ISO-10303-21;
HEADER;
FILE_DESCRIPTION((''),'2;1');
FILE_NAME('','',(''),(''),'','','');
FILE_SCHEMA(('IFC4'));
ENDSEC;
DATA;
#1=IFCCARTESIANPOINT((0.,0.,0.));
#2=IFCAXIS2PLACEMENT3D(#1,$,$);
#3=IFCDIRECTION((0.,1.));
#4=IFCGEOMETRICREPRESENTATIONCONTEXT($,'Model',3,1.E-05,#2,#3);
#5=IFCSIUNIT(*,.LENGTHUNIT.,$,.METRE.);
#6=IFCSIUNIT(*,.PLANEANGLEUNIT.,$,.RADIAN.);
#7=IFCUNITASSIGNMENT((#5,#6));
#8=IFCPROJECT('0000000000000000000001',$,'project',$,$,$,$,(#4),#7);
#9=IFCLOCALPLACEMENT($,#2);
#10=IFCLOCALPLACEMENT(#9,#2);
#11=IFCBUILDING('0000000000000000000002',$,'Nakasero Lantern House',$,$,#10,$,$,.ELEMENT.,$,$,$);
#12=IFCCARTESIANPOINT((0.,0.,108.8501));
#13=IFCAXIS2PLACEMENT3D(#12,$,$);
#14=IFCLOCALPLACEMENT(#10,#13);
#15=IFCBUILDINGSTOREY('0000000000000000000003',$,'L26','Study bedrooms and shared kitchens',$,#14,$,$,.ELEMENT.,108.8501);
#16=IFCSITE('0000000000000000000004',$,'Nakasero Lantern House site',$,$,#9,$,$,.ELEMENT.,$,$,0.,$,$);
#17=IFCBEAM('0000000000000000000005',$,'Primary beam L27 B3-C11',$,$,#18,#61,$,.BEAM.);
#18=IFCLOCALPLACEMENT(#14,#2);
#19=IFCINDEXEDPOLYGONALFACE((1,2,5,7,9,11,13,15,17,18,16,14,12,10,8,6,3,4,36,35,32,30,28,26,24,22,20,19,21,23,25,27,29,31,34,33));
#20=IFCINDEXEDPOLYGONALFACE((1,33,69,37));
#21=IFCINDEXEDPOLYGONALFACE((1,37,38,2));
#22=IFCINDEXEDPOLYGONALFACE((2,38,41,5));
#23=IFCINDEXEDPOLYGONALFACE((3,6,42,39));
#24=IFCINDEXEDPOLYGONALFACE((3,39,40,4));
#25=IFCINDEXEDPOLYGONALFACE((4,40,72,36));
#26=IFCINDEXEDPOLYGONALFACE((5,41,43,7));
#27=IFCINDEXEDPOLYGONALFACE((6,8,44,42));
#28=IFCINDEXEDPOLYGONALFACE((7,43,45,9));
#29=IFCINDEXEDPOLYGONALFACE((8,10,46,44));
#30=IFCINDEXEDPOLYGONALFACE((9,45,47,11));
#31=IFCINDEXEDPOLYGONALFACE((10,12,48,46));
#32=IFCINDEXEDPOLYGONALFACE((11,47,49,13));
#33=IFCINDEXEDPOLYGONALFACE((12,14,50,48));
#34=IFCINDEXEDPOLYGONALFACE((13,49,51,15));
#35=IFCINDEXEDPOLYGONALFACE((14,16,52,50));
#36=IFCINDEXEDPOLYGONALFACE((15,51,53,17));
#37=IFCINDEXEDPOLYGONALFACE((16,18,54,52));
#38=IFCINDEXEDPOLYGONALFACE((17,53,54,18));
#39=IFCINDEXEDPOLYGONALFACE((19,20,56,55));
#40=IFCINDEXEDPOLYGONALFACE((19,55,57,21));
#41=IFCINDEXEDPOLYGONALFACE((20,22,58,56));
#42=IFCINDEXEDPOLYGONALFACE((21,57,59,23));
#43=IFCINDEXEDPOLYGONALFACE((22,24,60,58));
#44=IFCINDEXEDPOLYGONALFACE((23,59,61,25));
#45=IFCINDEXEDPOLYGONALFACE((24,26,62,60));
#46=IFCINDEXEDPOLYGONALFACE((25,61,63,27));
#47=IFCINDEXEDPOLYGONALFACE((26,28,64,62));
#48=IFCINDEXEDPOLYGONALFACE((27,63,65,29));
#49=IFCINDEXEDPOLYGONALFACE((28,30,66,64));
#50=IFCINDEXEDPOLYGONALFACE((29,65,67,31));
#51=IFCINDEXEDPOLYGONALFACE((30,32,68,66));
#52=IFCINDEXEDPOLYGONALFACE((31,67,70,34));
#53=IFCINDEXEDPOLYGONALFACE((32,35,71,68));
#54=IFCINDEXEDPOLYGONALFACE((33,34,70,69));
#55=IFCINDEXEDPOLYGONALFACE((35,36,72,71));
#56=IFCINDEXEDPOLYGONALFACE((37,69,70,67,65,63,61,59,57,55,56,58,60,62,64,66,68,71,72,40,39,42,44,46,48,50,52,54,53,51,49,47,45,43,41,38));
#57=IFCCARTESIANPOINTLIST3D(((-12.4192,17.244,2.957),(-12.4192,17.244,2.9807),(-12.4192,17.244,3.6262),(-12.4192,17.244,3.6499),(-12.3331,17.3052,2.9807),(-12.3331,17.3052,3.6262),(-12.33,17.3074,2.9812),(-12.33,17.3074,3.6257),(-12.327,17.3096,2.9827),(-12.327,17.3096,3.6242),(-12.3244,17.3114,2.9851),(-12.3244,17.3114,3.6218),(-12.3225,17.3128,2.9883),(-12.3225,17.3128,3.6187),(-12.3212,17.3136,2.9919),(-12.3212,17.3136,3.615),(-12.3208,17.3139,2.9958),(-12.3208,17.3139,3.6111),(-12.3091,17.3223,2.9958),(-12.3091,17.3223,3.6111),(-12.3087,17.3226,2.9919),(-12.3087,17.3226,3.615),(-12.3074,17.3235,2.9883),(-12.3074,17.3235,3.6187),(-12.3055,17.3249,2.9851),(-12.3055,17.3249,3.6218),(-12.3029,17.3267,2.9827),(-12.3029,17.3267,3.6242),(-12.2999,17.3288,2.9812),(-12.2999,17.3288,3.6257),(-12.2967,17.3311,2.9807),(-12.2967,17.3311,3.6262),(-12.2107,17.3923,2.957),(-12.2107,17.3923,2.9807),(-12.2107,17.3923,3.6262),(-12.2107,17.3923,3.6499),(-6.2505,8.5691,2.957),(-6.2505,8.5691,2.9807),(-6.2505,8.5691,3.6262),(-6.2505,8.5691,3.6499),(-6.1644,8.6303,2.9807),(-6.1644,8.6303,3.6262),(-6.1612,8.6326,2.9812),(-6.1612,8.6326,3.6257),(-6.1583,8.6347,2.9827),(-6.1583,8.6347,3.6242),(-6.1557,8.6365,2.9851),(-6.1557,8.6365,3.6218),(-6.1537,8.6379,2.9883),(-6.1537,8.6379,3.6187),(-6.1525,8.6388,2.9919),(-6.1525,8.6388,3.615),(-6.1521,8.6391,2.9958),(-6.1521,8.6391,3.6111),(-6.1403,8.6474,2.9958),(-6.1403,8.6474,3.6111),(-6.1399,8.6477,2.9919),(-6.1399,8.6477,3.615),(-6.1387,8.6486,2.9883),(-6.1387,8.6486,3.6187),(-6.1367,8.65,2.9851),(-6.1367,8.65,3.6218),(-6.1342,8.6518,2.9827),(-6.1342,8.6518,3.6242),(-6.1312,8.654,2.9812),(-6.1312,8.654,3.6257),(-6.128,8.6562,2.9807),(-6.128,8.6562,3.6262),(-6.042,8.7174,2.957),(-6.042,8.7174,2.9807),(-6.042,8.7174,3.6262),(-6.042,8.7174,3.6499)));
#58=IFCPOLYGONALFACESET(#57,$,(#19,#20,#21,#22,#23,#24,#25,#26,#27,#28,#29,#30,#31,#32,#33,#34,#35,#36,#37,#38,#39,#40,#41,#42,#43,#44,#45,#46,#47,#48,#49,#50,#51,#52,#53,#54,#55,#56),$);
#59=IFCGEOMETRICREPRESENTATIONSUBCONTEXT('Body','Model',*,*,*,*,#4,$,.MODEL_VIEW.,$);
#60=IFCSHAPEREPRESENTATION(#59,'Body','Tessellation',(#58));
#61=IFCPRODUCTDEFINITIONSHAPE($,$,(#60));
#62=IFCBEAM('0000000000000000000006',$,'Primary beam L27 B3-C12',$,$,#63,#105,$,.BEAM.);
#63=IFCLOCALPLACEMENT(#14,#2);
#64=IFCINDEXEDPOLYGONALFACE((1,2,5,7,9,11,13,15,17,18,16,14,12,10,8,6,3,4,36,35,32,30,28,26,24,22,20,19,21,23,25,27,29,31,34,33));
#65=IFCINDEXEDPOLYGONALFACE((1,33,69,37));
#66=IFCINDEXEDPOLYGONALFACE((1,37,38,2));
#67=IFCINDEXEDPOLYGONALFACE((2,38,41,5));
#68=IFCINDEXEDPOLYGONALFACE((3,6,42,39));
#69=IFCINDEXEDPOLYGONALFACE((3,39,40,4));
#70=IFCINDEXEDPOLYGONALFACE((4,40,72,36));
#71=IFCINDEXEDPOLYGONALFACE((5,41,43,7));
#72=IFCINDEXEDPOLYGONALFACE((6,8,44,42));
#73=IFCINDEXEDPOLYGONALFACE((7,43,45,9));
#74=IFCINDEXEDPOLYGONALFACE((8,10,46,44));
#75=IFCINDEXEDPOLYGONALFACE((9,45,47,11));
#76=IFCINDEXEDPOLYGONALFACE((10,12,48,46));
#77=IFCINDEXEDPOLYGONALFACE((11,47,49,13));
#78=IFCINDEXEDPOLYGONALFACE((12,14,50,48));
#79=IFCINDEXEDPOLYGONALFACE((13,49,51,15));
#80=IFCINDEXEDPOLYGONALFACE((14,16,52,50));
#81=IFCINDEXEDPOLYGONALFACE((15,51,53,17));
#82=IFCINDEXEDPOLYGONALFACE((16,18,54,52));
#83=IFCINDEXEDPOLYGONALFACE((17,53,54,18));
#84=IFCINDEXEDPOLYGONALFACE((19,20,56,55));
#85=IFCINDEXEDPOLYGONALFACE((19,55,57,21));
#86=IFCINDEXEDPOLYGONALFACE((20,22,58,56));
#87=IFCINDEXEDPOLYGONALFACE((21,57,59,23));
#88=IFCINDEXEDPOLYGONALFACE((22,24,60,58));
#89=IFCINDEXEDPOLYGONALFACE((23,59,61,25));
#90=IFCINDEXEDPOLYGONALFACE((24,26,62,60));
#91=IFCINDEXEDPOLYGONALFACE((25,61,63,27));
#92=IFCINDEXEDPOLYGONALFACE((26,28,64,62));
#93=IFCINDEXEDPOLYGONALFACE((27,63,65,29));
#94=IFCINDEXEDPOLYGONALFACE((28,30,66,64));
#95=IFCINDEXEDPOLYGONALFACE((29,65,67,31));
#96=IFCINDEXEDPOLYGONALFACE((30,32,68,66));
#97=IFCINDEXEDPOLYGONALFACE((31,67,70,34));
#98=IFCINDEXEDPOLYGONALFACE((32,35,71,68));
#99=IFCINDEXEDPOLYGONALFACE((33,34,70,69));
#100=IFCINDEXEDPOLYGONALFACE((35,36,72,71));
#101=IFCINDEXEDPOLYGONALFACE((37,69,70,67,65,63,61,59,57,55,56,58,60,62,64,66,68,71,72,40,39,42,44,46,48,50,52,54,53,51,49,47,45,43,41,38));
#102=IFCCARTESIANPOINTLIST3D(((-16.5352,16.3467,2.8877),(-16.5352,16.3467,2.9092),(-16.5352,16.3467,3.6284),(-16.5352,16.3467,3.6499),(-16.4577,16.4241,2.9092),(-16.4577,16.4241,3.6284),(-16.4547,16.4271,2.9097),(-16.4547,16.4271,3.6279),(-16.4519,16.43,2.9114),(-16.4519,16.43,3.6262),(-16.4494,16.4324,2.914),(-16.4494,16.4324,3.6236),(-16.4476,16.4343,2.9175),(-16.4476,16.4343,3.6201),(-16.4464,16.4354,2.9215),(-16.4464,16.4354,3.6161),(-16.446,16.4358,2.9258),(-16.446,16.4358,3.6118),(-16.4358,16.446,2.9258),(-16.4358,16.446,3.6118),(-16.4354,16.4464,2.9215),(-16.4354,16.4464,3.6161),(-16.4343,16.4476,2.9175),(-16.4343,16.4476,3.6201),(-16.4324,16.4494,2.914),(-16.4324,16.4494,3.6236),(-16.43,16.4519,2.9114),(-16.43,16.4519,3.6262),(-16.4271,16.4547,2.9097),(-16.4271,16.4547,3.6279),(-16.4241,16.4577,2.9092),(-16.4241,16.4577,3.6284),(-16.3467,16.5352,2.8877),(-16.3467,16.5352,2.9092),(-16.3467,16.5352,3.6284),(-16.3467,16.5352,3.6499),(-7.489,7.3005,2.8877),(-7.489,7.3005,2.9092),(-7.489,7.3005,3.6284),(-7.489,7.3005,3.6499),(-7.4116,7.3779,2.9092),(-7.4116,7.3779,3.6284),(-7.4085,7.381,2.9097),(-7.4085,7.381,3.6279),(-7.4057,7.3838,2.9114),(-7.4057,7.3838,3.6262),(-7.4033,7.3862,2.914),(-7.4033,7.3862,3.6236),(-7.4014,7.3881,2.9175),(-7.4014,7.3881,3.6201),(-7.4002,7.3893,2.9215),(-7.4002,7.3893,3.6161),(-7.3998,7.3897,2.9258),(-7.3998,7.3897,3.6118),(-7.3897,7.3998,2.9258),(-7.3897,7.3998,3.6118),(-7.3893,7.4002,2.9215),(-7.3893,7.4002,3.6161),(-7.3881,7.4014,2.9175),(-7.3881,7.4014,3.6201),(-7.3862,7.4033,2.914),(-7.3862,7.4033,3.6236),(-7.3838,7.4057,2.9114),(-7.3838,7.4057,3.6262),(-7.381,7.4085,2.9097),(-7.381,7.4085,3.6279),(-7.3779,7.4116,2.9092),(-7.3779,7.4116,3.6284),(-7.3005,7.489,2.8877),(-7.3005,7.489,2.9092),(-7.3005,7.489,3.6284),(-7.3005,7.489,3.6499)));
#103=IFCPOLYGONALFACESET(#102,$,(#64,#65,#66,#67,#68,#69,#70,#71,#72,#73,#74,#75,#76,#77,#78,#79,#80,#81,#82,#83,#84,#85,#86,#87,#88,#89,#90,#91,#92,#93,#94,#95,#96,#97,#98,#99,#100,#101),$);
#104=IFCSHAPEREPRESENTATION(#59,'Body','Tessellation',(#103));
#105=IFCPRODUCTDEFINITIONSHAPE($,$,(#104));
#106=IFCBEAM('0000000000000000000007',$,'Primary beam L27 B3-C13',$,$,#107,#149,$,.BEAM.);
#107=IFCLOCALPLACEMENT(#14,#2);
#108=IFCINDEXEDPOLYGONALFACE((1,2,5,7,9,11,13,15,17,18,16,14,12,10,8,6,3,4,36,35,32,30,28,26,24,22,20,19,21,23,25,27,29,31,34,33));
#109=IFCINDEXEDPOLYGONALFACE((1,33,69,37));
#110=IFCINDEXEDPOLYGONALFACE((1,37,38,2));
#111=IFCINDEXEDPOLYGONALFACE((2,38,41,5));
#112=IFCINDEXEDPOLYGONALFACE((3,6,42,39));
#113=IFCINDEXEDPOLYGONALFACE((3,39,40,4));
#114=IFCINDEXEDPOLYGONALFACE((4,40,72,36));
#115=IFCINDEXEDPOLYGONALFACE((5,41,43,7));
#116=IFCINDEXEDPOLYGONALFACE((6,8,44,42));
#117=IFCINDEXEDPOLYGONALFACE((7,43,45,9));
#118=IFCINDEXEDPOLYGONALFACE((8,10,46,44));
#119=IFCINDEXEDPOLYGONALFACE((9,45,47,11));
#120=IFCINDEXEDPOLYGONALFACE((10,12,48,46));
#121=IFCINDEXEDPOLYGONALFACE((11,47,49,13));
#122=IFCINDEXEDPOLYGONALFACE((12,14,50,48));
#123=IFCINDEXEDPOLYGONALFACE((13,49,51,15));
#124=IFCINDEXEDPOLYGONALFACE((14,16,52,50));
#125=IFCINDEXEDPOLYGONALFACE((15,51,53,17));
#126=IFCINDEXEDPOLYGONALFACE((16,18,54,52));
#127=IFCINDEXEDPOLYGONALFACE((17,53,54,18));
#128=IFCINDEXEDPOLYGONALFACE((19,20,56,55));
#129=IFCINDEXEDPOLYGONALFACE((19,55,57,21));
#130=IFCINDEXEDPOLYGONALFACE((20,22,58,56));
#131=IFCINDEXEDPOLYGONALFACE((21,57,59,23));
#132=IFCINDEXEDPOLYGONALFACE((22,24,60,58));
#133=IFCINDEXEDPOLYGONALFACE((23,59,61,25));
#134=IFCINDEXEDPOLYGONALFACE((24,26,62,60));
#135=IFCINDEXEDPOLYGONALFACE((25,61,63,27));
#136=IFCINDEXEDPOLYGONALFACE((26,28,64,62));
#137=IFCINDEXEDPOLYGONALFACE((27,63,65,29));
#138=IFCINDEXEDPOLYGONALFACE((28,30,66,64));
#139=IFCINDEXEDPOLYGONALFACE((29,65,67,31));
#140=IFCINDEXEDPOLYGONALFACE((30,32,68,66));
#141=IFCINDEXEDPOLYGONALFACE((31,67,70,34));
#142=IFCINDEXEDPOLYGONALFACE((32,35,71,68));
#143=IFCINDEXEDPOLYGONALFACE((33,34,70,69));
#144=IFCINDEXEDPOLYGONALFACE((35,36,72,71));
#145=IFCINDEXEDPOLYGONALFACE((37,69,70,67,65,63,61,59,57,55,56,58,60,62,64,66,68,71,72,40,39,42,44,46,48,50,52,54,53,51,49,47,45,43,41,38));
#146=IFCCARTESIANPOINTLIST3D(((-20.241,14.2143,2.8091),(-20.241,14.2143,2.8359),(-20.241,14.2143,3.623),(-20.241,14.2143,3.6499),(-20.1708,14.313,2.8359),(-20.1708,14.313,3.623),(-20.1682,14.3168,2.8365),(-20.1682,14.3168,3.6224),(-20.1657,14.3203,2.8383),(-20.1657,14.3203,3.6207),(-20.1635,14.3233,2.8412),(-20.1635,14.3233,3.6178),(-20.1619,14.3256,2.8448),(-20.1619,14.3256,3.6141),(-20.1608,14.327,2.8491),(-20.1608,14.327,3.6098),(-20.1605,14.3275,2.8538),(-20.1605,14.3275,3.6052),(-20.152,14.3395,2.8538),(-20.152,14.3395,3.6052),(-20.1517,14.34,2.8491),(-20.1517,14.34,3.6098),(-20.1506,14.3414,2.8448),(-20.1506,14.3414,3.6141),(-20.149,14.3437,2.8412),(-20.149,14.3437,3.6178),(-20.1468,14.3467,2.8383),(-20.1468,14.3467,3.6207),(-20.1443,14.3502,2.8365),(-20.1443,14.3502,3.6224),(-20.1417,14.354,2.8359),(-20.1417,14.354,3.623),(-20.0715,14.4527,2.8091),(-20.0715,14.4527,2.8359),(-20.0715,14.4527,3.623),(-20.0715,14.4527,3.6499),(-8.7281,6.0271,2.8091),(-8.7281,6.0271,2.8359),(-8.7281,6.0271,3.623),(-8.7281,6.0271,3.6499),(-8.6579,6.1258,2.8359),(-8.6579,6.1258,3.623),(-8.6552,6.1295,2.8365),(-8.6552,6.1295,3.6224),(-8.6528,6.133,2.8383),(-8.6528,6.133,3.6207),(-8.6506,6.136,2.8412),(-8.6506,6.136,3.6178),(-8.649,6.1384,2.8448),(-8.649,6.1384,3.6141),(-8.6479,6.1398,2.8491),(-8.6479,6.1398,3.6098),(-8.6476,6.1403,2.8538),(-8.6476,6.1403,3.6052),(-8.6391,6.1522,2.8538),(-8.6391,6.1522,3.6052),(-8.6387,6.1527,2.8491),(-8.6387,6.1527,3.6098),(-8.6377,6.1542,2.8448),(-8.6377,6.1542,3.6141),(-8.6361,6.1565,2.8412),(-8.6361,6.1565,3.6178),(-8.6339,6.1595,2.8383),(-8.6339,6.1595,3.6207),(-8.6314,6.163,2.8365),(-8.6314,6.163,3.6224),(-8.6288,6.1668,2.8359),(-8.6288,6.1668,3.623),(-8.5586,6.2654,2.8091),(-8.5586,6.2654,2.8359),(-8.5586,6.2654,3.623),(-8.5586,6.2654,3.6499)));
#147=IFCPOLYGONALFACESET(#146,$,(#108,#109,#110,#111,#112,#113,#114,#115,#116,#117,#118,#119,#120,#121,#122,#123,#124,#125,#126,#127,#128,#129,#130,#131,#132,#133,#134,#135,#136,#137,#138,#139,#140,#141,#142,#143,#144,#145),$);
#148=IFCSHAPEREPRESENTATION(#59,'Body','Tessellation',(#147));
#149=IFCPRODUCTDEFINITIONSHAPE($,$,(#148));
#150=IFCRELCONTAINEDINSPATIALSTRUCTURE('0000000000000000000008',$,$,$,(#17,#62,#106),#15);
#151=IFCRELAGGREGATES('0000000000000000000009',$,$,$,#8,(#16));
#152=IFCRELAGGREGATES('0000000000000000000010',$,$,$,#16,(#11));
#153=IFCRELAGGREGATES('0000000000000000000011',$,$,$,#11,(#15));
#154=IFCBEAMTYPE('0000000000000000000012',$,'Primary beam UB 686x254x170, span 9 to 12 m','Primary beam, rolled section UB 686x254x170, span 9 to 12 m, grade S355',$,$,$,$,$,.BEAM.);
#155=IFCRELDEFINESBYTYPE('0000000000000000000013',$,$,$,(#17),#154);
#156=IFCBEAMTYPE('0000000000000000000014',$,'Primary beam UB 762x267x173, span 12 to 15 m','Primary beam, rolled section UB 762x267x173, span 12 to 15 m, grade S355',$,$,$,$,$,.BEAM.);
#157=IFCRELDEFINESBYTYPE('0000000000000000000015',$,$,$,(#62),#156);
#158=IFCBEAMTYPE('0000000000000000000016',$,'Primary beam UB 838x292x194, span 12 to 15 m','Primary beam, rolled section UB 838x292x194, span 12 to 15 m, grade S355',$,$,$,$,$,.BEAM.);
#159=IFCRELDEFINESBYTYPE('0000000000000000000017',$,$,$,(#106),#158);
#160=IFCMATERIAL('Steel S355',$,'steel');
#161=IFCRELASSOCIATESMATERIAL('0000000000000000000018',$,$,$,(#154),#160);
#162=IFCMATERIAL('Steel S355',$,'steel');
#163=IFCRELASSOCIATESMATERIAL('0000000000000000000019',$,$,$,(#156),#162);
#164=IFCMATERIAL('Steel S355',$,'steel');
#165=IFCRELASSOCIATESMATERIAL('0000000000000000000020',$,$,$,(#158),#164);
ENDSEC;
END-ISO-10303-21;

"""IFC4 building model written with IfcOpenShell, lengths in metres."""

from ifc_helpers import new_model, si_unit, direction, frame, origin, origin_2d, place, context, subcontext, project, spatial, i_section, extrude, material, material_profile, profile_set, type_object, element, save


model = new_model("IFC4")

# Units and contexts
model_context = context("Model", 3, precision=1e-05, world=origin(), true_north=direction((0.0, 1.0)))
body_context = subcontext(model_context, "Body", "Model", "MODEL_VIEW")
ifc_project = project(units=[si_unit("LENGTHUNIT", "METRE"), si_unit("PLANEANGLEUNIT", "RADIAN")], contexts=[model_context])

# Site, building, storey
site_placement = place(None, origin())
site = spatial("IfcSite", under=ifc_project, at=site_placement, Name="Nakasero Lantern House site", CompositionType="ELEMENT", RefElevation=0.0)
building_placement = place(site_placement, origin())
building = spatial("IfcBuilding", under=site, at=building_placement, Name="Nakasero Lantern House", CompositionType="ELEMENT")
storey_placement = place(building_placement, frame((0.0, 0.0, 108.8501)))
storey = spatial("IfcBuildingStorey", under=building, at=storey_placement, Name="L26", Description="Study bedrooms and shared kitchens", CompositionType="ELEMENT", Elevation=108.8501)

# Beams
ifc_material_1 = material(Name="Steel S355", Category="steel")
ifc_material_profile_1 = material_profile(ifc_material_1, i_section(OverallWidth=0.2559, OverallDepth=0.6929, WebThickness=0.0144, FlangeThickness=0.0237, FilletRadius=0.0151, at=origin_2d()), Name="UB 686x254x170")
ifc_profile_set_1 = profile_set([ifc_material_profile_1], Name="Steel S355")
beam_type_1 = type_object("IfcBeamType", Name="Primary beam UB 686x254x170, span 9 to 12 m", Description="Primary beam, rolled section UB 686x254x170, span 9 to 12 m, grade S355", PredefinedType="BEAM", material=ifc_profile_set_1)
beam_1_placement = place(storey_placement, frame((-12.3149, 17.3181, 3.3035), z_axis=(0.579521, -0.814957, 0.0), x_axis=(0.814957, 0.579521, 0.0)))
element("IfcBeam", 1, at=beam_1_placement, inside=storey, type_object=beam_type_1, Name="Primary beam L27 B3-C11", PredefinedType="BEAM", context=body_context, shape_type="SweptSolid", body=[
    extrude(i_section(OverallWidth=0.2559, OverallDepth=0.6929, WebThickness=0.0144, FlangeThickness=0.0237, FilletRadius=0.0151, at=origin_2d()), origin(), (0.0, 0.0, 1.0), 10.6445),
])
ifc_material_2 = material(Name="Steel S355", Category="steel")
ifc_material_profile_2 = material_profile(ifc_material_2, i_section(OverallWidth=0.2666, OverallDepth=0.7622, WebThickness=0.0144, FlangeThickness=0.0215, FilletRadius=0.0166, at=origin_2d()), Name="UB 762x267x173")
ifc_profile_set_2 = profile_set([ifc_material_profile_2], Name="Steel S355")
beam_type_2 = type_object("IfcBeamType", Name="Primary beam UB 762x267x173, span 12 to 15 m", Description="Primary beam, rolled section UB 762x267x173, span 12 to 15 m, grade S355", PredefinedType="BEAM", material=ifc_profile_set_2)
beam_2_placement = place(storey_placement, frame((-16.4409, 16.4409, 3.2688), z_axis=(0.707107, -0.707107, 0.0), x_axis=(0.707107, 0.707107, 0.0)))
element("IfcBeam", 2, at=beam_2_placement, inside=storey, type_object=beam_type_2, Name="Primary beam L27 B3-C12", PredefinedType="BEAM", context=body_context, shape_type="SweptSolid", body=[
    extrude(i_section(OverallWidth=0.2666, OverallDepth=0.7622, WebThickness=0.0144, FlangeThickness=0.0215, FilletRadius=0.0166, at=origin_2d()), origin(), (0.0, 0.0, 1.0), 12.7932),
])
ifc_material_3 = material(Name="Steel S355", Category="steel")
ifc_material_profile_3 = material_profile(ifc_material_3, i_section(OverallWidth=0.2925, OverallDepth=0.8408, WebThickness=0.0146, FlangeThickness=0.0269, FilletRadius=0.0178, at=origin_2d()), Name="UB 838x292x194")
ifc_profile_set_3 = profile_set([ifc_material_profile_3], Name="Steel S355")
beam_type_3 = type_object("IfcBeamType", Name="Primary beam UB 838x292x194, span 12 to 15 m", Description="Primary beam, rolled section UB 838x292x194, span 12 to 15 m, grade S355", PredefinedType="BEAM", material=ifc_profile_set_3)
beam_3_placement = place(storey_placement, frame((-20.1562, 14.3335, 3.2295), z_axis=(0.814946, -0.579537, 0.0), x_axis=(0.579537, 0.814946, 0.0)))
element("IfcBeam", 3, at=beam_3_placement, inside=storey, type_object=beam_type_3, Name="Primary beam L27 B3-C13", PredefinedType="BEAM", context=body_context, shape_type="SweptSolid", body=[
    extrude(i_section(OverallWidth=0.2925, OverallDepth=0.8408, WebThickness=0.0146, FlangeThickness=0.0269, FilletRadius=0.0178, at=origin_2d()), origin(), (0.0, 0.0, 1.0), 14.1272),
])

save(model, "model.ifc")
